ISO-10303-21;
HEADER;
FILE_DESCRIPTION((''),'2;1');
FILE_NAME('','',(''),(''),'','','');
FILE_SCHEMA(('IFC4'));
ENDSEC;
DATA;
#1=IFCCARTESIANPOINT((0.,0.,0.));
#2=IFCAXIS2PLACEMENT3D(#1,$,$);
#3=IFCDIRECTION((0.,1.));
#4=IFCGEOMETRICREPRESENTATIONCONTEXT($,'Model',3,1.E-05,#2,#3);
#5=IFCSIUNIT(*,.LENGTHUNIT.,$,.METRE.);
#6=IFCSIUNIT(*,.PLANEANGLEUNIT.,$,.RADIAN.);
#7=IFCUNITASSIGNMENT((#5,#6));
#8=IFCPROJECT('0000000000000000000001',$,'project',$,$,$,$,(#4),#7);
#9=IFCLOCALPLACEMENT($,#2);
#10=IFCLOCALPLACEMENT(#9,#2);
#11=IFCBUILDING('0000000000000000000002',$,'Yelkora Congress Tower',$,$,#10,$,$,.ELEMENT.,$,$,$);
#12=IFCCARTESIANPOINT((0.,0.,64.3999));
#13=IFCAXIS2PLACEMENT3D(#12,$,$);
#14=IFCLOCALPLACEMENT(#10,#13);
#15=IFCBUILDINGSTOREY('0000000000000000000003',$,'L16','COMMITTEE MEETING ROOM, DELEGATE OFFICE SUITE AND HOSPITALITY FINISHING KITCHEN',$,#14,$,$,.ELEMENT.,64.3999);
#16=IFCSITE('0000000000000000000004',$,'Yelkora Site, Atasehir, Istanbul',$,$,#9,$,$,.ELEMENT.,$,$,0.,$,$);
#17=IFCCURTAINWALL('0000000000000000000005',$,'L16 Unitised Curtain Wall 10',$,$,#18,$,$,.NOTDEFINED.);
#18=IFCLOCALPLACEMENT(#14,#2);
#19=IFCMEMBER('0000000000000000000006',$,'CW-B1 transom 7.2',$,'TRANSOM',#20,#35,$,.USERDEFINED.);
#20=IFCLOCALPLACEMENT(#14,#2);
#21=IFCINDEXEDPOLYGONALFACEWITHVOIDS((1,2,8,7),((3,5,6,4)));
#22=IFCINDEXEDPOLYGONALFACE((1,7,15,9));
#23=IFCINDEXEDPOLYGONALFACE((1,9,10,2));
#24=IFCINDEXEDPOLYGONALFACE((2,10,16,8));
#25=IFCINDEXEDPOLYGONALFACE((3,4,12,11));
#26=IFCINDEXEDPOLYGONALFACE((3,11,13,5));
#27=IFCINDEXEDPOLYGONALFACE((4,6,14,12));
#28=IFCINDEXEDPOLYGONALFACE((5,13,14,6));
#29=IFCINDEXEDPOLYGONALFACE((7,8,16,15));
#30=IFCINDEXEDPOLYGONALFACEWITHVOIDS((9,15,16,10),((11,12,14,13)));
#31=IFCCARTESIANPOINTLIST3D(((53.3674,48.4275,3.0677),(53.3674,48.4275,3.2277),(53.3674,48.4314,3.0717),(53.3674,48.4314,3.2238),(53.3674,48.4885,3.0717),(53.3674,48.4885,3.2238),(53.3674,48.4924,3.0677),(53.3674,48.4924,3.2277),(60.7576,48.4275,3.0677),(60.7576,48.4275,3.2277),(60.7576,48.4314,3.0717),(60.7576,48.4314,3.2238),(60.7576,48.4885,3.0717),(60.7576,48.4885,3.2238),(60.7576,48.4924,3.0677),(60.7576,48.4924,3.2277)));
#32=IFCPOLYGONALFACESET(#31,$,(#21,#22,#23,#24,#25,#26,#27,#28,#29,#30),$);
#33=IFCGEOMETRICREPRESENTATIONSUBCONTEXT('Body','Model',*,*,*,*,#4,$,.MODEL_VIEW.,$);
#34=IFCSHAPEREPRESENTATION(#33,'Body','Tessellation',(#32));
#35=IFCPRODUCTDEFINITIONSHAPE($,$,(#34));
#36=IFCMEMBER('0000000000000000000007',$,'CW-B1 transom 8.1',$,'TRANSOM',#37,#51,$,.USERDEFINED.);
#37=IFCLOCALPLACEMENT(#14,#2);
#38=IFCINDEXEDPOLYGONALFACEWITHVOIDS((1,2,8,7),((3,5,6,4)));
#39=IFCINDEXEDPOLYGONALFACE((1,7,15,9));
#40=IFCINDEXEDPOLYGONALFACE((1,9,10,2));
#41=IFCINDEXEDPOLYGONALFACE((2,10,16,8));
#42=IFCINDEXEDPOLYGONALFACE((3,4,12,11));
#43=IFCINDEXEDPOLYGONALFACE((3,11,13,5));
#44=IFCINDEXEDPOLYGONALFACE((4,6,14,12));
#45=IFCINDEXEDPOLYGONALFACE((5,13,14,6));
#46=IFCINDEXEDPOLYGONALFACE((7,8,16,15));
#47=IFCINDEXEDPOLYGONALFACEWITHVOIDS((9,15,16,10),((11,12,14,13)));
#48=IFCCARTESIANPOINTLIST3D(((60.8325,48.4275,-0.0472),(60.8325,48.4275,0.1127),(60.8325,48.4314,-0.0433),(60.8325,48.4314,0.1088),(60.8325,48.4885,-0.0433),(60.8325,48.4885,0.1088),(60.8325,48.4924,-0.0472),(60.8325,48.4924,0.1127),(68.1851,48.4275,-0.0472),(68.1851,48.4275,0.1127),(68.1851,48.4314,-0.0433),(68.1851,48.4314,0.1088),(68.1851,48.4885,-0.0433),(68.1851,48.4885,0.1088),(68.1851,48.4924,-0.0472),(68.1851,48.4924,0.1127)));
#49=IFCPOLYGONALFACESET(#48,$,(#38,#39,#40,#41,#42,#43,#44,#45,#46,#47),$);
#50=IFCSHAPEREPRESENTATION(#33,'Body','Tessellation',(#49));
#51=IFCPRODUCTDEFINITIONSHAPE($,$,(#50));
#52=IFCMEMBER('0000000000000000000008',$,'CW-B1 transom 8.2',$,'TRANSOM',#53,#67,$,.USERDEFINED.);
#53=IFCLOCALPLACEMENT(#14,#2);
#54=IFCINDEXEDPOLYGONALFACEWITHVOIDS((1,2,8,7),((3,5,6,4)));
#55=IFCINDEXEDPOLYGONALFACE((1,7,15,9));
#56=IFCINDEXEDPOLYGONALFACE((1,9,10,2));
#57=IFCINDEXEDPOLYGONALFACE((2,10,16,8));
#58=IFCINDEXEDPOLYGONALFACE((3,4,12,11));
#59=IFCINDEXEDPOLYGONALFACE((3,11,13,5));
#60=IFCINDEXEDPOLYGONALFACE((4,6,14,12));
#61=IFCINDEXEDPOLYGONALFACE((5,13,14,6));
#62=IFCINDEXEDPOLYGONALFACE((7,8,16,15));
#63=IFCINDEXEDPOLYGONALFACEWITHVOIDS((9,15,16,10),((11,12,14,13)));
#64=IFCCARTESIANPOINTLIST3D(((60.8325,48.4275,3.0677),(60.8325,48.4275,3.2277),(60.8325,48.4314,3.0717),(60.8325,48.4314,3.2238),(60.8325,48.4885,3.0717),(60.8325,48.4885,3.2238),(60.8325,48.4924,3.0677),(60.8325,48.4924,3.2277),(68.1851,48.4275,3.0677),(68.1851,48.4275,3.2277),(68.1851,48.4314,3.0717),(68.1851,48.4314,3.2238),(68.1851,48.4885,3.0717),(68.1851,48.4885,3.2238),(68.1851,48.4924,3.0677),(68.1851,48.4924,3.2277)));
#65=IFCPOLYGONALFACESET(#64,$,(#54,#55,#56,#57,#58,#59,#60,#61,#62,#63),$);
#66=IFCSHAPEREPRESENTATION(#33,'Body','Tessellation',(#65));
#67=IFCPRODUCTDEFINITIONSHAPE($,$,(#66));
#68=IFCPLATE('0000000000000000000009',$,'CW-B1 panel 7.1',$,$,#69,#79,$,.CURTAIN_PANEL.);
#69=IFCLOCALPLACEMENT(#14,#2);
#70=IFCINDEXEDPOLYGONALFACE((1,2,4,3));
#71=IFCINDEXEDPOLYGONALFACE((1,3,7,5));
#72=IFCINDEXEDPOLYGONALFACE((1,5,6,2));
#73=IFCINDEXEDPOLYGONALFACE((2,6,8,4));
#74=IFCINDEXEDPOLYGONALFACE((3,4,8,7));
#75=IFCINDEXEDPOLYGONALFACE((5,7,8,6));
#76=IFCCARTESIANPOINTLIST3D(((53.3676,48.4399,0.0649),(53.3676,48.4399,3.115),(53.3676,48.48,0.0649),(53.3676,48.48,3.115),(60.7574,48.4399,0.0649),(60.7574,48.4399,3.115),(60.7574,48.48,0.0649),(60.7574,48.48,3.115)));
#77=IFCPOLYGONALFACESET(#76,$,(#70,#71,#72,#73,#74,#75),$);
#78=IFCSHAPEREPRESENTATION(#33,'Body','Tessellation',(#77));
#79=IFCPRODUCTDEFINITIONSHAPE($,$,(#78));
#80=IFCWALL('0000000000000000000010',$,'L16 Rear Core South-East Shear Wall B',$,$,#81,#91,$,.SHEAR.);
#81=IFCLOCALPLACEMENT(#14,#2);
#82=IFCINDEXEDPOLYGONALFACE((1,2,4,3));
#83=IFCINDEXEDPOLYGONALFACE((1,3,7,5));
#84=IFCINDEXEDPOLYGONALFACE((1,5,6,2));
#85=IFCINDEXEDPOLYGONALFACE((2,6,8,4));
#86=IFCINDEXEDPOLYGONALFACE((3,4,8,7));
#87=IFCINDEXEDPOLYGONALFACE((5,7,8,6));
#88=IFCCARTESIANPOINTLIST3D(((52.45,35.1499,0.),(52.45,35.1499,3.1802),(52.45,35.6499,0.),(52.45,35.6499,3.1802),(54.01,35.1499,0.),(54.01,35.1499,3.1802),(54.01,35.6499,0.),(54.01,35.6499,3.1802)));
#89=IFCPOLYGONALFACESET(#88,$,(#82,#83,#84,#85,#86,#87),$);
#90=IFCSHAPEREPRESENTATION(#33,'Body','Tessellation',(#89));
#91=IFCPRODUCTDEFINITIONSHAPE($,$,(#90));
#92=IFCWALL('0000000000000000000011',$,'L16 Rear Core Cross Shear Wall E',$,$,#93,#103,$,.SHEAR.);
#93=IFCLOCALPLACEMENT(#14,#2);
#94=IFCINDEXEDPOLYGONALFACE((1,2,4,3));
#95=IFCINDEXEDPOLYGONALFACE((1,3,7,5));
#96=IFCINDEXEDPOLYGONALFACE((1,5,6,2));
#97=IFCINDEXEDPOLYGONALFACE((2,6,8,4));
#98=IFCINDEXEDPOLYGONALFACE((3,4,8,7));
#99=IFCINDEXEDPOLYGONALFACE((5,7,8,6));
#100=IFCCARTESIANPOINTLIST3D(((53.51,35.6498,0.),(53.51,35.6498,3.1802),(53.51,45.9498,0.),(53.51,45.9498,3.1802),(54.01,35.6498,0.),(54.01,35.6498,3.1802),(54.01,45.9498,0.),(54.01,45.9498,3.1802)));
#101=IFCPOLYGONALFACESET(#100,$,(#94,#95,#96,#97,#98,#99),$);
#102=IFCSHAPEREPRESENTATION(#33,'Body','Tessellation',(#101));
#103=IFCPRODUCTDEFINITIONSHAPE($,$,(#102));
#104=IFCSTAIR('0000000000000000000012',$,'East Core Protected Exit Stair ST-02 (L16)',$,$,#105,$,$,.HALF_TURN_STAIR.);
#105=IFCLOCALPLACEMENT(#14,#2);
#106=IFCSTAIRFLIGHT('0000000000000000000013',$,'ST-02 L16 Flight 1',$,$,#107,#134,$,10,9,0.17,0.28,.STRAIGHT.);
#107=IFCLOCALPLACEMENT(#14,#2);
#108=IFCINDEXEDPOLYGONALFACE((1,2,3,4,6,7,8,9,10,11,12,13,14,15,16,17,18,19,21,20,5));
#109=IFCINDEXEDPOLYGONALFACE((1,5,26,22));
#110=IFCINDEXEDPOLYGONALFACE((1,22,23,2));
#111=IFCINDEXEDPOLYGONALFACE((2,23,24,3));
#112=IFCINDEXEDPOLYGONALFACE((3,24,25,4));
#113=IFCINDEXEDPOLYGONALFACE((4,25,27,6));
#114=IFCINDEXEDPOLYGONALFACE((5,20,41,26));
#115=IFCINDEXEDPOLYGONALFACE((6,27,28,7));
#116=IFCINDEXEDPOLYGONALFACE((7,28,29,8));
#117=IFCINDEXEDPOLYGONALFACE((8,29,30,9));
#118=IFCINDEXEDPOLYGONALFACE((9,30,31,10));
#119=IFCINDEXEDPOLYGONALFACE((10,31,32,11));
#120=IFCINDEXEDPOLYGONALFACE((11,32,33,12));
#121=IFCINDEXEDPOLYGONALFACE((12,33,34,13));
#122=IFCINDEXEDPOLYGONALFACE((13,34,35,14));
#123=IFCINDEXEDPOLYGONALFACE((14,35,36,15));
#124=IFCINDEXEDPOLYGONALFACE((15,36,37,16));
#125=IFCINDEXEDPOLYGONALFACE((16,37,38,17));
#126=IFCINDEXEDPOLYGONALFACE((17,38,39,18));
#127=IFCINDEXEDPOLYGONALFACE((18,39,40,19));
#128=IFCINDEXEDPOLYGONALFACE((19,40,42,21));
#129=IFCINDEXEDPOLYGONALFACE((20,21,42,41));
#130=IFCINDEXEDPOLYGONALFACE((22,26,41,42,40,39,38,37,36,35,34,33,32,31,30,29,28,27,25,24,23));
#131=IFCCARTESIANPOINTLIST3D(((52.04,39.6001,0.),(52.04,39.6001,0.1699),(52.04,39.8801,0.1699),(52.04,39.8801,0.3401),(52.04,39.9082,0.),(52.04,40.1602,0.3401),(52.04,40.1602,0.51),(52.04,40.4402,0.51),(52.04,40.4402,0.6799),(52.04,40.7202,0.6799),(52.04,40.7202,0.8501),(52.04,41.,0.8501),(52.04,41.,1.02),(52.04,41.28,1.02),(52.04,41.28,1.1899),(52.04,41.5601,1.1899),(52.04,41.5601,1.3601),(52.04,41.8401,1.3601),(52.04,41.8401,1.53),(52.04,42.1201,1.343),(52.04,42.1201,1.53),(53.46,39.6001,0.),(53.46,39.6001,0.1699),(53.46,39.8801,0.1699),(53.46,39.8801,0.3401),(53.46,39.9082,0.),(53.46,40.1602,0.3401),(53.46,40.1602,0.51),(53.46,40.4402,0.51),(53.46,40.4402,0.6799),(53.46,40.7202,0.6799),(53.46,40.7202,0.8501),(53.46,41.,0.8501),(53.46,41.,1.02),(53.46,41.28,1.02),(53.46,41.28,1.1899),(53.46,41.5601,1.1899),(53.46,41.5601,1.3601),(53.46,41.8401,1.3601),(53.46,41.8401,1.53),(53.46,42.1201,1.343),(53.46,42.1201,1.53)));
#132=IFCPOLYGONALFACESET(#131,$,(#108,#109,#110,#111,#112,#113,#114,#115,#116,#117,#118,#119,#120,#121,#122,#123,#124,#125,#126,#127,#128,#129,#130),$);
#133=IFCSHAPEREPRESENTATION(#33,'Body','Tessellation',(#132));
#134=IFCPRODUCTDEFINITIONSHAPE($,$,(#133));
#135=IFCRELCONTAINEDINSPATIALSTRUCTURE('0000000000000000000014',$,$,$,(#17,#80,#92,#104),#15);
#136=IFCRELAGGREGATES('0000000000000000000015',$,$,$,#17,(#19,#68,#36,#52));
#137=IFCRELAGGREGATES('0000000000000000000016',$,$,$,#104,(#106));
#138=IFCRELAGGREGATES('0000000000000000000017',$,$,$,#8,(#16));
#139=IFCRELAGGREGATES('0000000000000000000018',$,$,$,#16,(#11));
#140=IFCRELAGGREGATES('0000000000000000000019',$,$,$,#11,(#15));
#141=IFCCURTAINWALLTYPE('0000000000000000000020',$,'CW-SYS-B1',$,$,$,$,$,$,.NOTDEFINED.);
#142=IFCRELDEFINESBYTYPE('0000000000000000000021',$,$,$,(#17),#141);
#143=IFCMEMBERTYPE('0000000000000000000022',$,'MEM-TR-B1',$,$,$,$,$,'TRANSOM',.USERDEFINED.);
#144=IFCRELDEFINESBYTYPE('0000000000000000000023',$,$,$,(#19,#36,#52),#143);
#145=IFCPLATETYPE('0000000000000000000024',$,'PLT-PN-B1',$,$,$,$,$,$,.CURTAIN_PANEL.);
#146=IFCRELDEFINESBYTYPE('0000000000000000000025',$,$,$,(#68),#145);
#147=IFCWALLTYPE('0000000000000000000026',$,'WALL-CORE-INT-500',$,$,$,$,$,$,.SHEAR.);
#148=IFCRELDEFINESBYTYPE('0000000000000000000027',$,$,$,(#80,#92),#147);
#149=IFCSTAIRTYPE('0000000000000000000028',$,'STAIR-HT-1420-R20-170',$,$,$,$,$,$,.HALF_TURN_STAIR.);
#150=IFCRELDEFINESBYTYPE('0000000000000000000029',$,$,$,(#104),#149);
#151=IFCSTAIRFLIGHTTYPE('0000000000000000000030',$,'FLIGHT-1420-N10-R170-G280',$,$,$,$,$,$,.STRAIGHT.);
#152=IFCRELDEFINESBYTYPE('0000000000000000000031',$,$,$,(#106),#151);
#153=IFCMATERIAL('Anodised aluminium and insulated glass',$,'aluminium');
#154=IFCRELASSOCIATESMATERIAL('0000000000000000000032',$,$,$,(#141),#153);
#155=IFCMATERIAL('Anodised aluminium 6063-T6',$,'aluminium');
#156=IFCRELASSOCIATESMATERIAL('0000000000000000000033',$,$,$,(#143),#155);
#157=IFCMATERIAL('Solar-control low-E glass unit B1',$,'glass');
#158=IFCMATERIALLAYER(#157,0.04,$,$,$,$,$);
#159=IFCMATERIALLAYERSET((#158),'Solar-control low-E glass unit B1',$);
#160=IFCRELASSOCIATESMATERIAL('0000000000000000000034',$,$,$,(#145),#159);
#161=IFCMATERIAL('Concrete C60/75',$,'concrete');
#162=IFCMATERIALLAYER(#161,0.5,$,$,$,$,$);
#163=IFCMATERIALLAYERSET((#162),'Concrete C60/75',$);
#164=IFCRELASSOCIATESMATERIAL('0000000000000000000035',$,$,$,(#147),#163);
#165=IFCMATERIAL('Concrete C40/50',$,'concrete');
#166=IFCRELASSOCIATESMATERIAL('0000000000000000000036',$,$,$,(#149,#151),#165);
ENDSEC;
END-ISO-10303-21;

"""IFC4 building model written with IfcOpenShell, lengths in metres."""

from ifc_helpers import new_model, si_unit, direction, frame, frame_2d, origin, origin_2d, place, context, subcontext, project, spatial, polyline, rectangle, hollow_rectangle, outline, extrude, material, layer, layer_set, material_profile, profile_set, type_object, element, aggregate, save


model = new_model("IFC4")

# Units and contexts
model_context = context("Model", 3, precision=1e-05, world=origin(), true_north=direction((0.0, 1.0)))
body_context = subcontext(model_context, "Body", "Model", "MODEL_VIEW")
ifc_project = project(units=[si_unit("LENGTHUNIT", "METRE"), si_unit("PLANEANGLEUNIT", "RADIAN")], contexts=[model_context])

# Site, building, storey
site_placement = place(None, origin())
site = spatial("IfcSite", under=ifc_project, at=site_placement, Name="Yelkora Site, Atasehir, Istanbul", CompositionType="ELEMENT", RefElevation=0.0)
building_placement = place(site_placement, origin())
building = spatial("IfcBuilding", under=site, at=building_placement, Name="Yelkora Congress Tower", CompositionType="ELEMENT")
storey_placement = place(building_placement, frame((0.0, 0.0, 64.3999)))
storey = spatial("IfcBuildingStorey", under=building, at=storey_placement, Name="L16", Description="COMMITTEE MEETING ROOM, DELEGATE OFFICE SUITE AND HOSPITALITY FINISHING KITCHEN", CompositionType="ELEMENT", Elevation=64.3999)

# Shared definitions
ifc_material_1 = material(Name="Concrete C60/75", Category="concrete")

# Curtain wall, members, plate
ifc_material_2 = material(Name="Anodised aluminium and insulated glass", Category="aluminium")
curtain_wall_type = type_object("IfcCurtainWallType", Name="CW-SYS-B1", PredefinedType="NOTDEFINED", material=ifc_material_2)
curtain_wall_placement = place(storey_placement, origin())
curtain_wall = element("IfcCurtainWall", 1, at=curtain_wall_placement, inside=storey, type_object=curtain_wall_type, Name="L16 Unitised Curtain Wall 10", PredefinedType="NOTDEFINED")
ifc_material_3 = material(Name="Anodised aluminium 6063-T6", Category="aluminium")
ifc_material_profile_1 = material_profile(ifc_material_3, hollow_rectangle(XDim=0.0649, YDim=0.1599, WallThickness=0.0039, at=origin_2d()), Name="ALU 65x160x4")
ifc_profile_set_1 = profile_set([ifc_material_profile_1], Name="Anodised aluminium 6063-T6")
member_type_1 = type_object("IfcMemberType", Name="MEM-TR-B1", ElementType="TRANSOM", PredefinedType="USERDEFINED", material=ifc_profile_set_1)
member_1_placement = place(storey_placement, frame((53.3674, 48.46, 3.1477), z_axis=(1.0, 0.0, 0.0), x_axis=(0.0, 1.0, 0.0)))
member_1 = element("IfcMember", 2, at=member_1_placement, type_object=member_type_1, Name="CW-B1 transom 7.2", ObjectType="TRANSOM", PredefinedType="USERDEFINED", context=body_context, shape_type="SweptSolid", body=[
    extrude(hollow_rectangle(XDim=0.0649, YDim=0.1599, WallThickness=0.0039, at=origin_2d()), origin(), (0.0, 0.0, 1.0), 7.3901),
])
member_2_placement = place(storey_placement, frame((60.8325, 48.46, 0.0327), z_axis=(1.0, 0.0, 0.0), x_axis=(0.0, 1.0, 0.0)))
member_2 = element("IfcMember", 3, at=member_2_placement, type_object=member_type_1, Name="CW-B1 transom 8.1", ObjectType="TRANSOM", PredefinedType="USERDEFINED", context=body_context, shape_type="SweptSolid", body=[
    extrude(hollow_rectangle(XDim=0.0649, YDim=0.1599, WallThickness=0.0039, at=origin_2d()), origin(), (0.0, 0.0, 1.0), 7.3525),
])
member_3_placement = place(storey_placement, frame((60.8325, 48.46, 3.1477), z_axis=(1.0, 0.0, 0.0), x_axis=(0.0, 1.0, 0.0)))
member_3 = element("IfcMember", 4, at=member_3_placement, type_object=member_type_1, Name="CW-B1 transom 8.2", ObjectType="TRANSOM", PredefinedType="USERDEFINED", context=body_context, shape_type="SweptSolid", body=[
    extrude(hollow_rectangle(XDim=0.0649, YDim=0.1599, WallThickness=0.0039, at=origin_2d()), origin(), (0.0, 0.0, 1.0), 7.3525),
])
ifc_material_4 = material(Name="Solar-control low-E glass unit B1", Category="glass")
ifc_layer_1 = layer(ifc_material_4, 0.04)
ifc_layer_set_1 = layer_set([ifc_layer_1], Name="Solar-control low-E glass unit B1")
plate_type = type_object("IfcPlateType", Name="PLT-PN-B1", PredefinedType="CURTAIN_PANEL", material=ifc_layer_set_1)
plate_placement = place(storey_placement, frame((57.0625, 48.46, 0.0649), z_axis=(0.0, 0.0, 1.0), x_axis=(1.0, 0.0, 0.0)))
plate = element("IfcPlate", 5, at=plate_placement, type_object=plate_type, Name="CW-B1 panel 7.1", PredefinedType="CURTAIN_PANEL", context=body_context, shape_type="SweptSolid", body=[
    extrude(rectangle(XDim=7.3899, YDim=0.04, at=origin_2d()), origin(), (0.0, 0.0, 1.0), 3.05),
])
aggregate(curtain_wall, [member_1, plate, member_2, member_3])

# Walls
ifc_layer_2 = layer(ifc_material_1, 0.5)
ifc_layer_set_2 = layer_set([ifc_layer_2], Name="Concrete C60/75")
wall_type = type_object("IfcWallType", Name="WALL-CORE-INT-500", PredefinedType="SHEAR", material=ifc_layer_set_2)
wall_1_placement = place(storey_placement, frame((52.45, 35.3999, 0.0), z_axis=(0.0, 0.0, 1.0), x_axis=(1.0, 0.0, 0.0)))
element("IfcWall", 6, at=wall_1_placement, inside=storey, type_object=wall_type, Name="L16 Rear Core South-East Shear Wall B", PredefinedType="SHEAR", context=body_context, shape_type="SweptSolid", body=[
    extrude(rectangle(XDim=1.5601, YDim=0.5, at=frame_2d((0.78, 0.0))), origin(), (0.0, 0.0, 1.0), 3.1802),
])
wall_2_placement = place(storey_placement, frame((53.76, 35.6499, 0.0), z_axis=(0.0, 0.0, 1.0), x_axis=(0.0, 1.0, 0.0)))
element("IfcWall", 7, at=wall_2_placement, inside=storey, type_object=wall_type, Name="L16 Rear Core Cross Shear Wall E", PredefinedType="SHEAR", context=body_context, shape_type="SweptSolid", body=[
    extrude(rectangle(XDim=10.3, YDim=0.5, at=frame_2d((5.1499, 0.0))), origin(), (0.0, 0.0, 1.0), 3.1802),
])

# Stair, stair flight
ifc_material_5 = material(Name="Concrete C40/50", Category="concrete")
stair_type = type_object("IfcStairType", Name="STAIR-HT-1420-R20-170", PredefinedType="HALF_TURN_STAIR", material=ifc_material_5)
stair_placement = place(storey_placement, origin())
stair = element("IfcStair", 8, at=stair_placement, inside=storey, type_object=stair_type, Name="East Core Protected Exit Stair ST-02 (L16)", PredefinedType="HALF_TURN_STAIR")
stair_flight_type = type_object("IfcStairFlightType", Name="FLIGHT-1420-N10-R170-G280", PredefinedType="STRAIGHT", material=ifc_material_5)
stair_flight_placement = place(storey_placement, frame((52.75, 39.6001, 0.0), z_axis=(0.0, 0.0, 1.0), x_axis=(0.0, 1.0, 0.0)))
stair_flight = element("IfcStairFlight", 9, at=stair_flight_placement, type_object=stair_flight_type, Name="ST-02 L16 Flight 1", NumberOfRisers=10, NumberOfTreads=9, PredefinedType="STRAIGHT", RiserHeight=0.17, TreadLength=0.28, context=body_context, shape_type="SweptSolid", body=[
    extrude(outline(polyline([(0.0, 0.0), (0.0, 0.1699), (0.28, 0.1699), (0.28, 0.3401), (0.5601, 0.3401), (0.5601, 0.51), (0.8401, 0.51), (0.8401, 0.6799), (1.1201, 0.6799), (1.1201, 0.8501), (1.3999, 0.8501), (1.3999, 1.02), (1.6799, 1.02), (1.6799, 1.1899), (1.96, 1.1899), (1.96, 1.3601), (2.24, 1.3601), (2.24, 1.53), (2.52, 1.53), (2.52, 1.7), (2.52, 1.343), (0.3081, 0.0), (0.0, 0.0)])), frame((0.0, 0.71, 0.0), z_axis=(0.0, -1.0, 0.0), x_axis=(1.0, 0.0, 0.0)), (0.0, 0.0, 1.0), 1.4199),
])
aggregate(stair, [stair_flight])

save(model, "model.ifc")
